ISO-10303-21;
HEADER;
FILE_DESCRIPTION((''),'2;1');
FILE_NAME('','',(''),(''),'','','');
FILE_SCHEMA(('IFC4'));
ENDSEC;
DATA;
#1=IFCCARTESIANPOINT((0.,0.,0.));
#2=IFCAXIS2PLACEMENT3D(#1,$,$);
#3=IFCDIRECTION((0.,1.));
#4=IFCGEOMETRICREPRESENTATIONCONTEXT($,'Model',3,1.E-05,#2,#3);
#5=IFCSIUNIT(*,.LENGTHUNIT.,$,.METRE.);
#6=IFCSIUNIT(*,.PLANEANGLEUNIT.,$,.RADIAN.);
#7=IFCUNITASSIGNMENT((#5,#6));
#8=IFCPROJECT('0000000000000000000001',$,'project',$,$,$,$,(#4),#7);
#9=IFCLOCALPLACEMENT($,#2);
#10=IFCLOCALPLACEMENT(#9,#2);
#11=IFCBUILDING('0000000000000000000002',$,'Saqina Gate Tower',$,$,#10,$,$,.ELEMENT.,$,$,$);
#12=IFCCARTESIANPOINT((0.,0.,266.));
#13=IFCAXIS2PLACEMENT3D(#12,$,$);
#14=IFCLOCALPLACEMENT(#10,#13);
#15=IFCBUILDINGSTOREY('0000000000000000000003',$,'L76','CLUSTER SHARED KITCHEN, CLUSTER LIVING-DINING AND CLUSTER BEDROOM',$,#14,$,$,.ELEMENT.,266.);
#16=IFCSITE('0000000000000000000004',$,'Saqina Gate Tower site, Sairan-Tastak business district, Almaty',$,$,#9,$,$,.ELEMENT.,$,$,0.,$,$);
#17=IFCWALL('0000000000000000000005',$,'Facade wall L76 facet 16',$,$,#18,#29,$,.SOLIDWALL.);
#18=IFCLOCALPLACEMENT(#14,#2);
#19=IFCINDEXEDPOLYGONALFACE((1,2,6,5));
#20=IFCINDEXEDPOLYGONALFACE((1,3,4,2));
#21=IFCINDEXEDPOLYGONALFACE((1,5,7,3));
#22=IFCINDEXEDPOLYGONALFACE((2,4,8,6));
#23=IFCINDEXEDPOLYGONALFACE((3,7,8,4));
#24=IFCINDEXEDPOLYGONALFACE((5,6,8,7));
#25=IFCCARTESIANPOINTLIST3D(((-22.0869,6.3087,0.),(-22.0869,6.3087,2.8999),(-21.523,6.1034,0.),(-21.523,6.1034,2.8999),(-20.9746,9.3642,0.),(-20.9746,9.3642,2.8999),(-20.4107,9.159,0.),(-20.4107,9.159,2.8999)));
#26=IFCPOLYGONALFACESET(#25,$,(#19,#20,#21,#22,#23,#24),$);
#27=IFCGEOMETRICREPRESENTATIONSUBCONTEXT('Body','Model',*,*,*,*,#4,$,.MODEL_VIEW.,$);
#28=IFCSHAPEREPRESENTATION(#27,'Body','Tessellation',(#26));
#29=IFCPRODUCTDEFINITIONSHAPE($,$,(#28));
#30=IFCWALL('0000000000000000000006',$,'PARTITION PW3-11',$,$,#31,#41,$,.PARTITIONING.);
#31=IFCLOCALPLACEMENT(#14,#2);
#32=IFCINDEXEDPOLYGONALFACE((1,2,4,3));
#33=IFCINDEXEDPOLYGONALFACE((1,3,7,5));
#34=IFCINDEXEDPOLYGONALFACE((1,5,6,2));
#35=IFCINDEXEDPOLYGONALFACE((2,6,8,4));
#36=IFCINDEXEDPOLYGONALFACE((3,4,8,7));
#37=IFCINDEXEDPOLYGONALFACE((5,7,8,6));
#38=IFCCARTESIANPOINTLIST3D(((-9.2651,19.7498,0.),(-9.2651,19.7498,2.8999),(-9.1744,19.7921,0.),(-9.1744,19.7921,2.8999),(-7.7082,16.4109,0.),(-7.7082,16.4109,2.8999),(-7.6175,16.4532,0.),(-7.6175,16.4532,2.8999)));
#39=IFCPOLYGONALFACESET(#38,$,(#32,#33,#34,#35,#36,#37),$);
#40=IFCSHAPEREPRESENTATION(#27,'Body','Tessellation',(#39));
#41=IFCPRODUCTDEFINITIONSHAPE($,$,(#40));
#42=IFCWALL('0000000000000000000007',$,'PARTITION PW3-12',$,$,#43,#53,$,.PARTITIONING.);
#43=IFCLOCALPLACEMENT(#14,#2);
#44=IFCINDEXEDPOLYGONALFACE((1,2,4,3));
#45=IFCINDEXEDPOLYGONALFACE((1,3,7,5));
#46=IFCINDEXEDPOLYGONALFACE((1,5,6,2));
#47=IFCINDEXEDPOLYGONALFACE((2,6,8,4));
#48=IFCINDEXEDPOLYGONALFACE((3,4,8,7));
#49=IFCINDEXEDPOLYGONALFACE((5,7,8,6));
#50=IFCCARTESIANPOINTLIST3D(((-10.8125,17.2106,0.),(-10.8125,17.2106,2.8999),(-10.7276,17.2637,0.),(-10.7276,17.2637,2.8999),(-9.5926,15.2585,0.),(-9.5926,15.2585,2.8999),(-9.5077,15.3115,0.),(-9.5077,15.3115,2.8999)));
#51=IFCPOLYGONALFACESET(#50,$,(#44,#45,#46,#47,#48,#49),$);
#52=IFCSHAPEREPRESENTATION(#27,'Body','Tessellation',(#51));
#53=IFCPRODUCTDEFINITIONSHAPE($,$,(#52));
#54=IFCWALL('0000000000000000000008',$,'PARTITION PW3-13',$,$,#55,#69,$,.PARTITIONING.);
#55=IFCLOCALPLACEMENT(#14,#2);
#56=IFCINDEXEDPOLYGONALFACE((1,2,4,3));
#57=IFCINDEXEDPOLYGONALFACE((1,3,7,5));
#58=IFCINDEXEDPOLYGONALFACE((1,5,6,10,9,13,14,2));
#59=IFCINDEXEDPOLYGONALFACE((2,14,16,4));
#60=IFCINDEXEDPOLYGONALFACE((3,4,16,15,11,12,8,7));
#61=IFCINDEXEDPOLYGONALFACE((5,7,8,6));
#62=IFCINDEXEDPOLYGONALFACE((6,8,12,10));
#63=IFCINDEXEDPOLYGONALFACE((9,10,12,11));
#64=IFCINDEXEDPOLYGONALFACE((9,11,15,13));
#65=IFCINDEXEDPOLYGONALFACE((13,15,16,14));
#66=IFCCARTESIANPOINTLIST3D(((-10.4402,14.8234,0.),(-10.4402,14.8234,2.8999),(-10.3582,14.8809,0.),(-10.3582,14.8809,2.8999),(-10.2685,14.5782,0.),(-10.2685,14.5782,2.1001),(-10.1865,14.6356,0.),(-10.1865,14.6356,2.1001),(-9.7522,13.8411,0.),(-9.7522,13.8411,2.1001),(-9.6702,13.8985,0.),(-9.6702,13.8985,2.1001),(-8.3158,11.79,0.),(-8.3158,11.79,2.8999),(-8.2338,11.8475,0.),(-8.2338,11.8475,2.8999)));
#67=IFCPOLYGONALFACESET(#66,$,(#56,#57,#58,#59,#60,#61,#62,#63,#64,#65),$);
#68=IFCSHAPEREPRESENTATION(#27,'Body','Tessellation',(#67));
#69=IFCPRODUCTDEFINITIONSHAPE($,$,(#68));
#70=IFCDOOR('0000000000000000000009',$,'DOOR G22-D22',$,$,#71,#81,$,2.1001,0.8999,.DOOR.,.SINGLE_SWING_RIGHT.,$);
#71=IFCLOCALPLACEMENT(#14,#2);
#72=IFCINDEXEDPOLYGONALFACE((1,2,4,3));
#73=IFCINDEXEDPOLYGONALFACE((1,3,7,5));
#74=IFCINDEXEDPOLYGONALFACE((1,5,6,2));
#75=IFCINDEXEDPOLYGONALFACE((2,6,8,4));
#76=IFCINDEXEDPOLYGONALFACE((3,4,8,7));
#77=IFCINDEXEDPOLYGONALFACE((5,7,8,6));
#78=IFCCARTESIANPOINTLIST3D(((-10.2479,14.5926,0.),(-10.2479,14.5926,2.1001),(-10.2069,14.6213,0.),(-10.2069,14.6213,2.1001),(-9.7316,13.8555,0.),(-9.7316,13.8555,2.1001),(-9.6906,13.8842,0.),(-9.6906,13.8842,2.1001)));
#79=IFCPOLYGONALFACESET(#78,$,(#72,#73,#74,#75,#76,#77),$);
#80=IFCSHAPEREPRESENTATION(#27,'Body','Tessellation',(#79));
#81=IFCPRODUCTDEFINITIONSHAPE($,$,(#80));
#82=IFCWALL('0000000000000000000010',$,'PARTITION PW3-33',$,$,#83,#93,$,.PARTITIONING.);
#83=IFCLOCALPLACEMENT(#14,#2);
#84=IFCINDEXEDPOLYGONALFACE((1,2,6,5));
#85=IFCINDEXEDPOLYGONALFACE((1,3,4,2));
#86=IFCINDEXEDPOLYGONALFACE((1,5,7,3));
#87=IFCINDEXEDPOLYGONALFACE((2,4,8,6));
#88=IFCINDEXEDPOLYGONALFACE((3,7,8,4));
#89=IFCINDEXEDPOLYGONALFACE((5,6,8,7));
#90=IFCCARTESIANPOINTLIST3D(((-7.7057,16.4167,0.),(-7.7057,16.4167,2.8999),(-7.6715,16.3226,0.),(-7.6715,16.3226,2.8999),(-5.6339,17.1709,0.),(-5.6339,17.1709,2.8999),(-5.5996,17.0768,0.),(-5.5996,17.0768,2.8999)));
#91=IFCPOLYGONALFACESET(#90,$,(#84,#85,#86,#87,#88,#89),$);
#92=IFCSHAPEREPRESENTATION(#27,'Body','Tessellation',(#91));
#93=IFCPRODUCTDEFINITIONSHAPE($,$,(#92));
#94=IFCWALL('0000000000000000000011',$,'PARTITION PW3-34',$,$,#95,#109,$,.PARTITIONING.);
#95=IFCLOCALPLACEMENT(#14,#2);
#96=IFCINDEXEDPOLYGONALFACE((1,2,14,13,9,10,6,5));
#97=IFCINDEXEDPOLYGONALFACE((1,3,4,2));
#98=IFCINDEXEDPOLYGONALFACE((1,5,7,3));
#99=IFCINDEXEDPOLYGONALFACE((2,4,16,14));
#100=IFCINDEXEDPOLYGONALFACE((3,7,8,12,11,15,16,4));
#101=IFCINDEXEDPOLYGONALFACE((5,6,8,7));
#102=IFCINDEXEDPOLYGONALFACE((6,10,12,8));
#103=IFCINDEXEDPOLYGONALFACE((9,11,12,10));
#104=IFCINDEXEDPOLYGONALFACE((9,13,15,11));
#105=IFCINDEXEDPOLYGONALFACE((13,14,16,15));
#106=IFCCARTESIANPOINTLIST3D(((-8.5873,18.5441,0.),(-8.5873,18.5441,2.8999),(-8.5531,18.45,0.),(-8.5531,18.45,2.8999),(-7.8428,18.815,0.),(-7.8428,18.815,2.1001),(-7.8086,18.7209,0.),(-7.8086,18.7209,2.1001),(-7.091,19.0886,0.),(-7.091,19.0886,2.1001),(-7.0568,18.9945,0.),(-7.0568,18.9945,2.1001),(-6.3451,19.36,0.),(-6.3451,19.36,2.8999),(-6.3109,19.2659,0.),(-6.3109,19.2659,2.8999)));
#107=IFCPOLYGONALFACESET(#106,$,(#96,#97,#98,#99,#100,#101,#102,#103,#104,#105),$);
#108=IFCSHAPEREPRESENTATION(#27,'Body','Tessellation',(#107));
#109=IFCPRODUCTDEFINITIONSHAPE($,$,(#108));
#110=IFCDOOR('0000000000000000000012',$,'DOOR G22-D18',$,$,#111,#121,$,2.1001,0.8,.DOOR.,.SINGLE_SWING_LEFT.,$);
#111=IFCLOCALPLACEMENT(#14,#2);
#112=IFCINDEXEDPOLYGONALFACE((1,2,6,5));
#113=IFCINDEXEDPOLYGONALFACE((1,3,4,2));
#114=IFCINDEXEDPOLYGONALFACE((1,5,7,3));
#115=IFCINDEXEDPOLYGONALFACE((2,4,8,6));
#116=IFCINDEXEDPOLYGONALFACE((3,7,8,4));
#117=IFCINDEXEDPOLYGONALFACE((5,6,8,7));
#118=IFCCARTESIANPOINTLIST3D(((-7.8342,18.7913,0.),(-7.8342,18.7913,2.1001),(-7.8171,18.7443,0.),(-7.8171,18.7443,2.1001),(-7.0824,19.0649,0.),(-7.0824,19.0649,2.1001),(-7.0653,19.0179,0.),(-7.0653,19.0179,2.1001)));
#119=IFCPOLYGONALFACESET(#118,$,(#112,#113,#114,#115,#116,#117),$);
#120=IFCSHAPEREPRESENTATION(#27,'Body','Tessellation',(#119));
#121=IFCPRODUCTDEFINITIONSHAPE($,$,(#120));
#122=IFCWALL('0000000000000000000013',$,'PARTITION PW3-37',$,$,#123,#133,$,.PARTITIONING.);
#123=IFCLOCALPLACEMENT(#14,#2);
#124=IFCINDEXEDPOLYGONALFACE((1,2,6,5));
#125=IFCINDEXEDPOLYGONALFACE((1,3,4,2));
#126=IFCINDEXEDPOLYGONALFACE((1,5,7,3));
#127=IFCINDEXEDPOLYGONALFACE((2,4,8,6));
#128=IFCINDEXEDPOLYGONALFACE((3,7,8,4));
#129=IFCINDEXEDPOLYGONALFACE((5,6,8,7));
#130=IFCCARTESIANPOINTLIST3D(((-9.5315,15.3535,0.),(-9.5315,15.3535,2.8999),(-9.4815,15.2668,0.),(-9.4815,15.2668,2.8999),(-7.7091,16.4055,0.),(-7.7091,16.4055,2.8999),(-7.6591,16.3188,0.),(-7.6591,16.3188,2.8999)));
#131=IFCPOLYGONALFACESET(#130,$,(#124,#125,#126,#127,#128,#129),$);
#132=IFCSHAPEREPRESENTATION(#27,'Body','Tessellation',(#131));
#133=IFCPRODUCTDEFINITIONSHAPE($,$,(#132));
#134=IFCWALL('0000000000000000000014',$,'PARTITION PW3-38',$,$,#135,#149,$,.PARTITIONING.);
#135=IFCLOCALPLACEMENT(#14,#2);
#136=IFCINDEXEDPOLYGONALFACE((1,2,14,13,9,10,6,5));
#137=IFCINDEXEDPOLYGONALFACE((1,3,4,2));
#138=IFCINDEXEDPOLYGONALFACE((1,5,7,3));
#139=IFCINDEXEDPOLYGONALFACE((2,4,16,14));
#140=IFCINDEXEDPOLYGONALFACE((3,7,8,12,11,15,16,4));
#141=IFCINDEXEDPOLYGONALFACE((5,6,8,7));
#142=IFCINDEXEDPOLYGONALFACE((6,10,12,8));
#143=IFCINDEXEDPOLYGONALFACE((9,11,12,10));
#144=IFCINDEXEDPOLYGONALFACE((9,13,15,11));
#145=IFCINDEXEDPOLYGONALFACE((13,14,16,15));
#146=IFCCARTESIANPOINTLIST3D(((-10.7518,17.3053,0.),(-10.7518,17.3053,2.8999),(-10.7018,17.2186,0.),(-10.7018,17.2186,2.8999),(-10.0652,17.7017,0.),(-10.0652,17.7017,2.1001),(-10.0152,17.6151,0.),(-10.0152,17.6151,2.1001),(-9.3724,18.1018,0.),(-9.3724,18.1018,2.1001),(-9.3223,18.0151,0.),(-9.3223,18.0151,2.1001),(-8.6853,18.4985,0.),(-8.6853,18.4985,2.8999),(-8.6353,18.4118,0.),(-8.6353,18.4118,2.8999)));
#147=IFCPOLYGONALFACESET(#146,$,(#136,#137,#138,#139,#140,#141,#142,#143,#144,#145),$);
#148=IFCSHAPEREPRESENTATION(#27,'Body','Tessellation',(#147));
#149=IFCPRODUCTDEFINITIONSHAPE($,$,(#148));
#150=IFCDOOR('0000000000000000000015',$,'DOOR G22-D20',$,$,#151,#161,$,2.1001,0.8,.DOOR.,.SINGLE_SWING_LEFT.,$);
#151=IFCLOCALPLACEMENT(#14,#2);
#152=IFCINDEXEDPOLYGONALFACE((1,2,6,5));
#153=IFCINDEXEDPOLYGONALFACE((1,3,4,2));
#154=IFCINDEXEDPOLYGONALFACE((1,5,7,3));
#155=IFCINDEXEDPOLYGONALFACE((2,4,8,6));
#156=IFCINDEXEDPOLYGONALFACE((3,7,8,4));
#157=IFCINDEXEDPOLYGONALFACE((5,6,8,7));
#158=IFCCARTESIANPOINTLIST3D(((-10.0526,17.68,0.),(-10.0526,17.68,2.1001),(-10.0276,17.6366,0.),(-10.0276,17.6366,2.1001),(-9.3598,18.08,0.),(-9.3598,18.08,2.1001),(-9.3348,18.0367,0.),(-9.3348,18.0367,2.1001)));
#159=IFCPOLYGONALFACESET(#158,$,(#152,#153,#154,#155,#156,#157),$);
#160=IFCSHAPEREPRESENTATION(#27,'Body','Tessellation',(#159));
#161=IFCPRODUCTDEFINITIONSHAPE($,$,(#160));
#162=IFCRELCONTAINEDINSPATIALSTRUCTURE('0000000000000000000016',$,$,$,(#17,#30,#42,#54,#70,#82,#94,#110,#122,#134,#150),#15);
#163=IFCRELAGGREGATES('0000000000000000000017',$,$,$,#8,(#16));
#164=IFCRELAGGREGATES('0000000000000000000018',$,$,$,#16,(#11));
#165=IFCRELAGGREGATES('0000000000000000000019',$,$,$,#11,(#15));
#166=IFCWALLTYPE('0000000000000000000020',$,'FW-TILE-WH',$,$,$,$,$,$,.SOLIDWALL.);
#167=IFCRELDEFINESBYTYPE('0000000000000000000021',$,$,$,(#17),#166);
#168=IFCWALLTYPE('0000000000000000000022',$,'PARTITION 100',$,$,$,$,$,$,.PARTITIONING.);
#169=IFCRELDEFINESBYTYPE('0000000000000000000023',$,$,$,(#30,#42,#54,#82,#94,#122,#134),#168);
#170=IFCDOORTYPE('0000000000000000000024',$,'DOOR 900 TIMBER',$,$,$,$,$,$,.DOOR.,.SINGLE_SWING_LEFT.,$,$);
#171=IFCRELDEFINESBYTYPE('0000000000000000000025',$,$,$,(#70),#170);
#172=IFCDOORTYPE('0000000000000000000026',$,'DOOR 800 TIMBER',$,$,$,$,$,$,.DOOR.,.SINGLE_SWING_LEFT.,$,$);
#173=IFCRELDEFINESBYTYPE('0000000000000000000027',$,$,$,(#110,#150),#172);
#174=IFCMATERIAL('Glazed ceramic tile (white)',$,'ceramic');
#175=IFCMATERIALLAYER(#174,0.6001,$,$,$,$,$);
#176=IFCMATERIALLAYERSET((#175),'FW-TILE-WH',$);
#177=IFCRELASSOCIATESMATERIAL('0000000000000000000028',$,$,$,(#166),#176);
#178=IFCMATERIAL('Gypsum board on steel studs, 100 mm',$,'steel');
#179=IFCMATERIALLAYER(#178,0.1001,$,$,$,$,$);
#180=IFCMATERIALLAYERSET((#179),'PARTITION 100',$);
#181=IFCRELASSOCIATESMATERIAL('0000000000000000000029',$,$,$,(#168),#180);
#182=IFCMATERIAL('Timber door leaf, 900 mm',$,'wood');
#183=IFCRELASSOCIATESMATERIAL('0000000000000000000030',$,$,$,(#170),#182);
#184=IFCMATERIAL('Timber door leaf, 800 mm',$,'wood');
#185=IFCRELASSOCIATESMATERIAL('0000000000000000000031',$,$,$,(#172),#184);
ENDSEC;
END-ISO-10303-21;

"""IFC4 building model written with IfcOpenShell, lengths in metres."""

from ifc_helpers import new_model, si_unit, direction, frame, frame_2d, origin, place, context, subcontext, project, spatial, rectangle, extrude, material, layer, layer_set, type_object, element, fill, save


model = new_model("IFC4")

# Units and contexts
model_context = context("Model", 3, precision=1e-05, world=origin(), true_north=direction((0.0, 1.0)))
body_context = subcontext(model_context, "Body", "Model", "MODEL_VIEW")
ifc_project = project(units=[si_unit("LENGTHUNIT", "METRE"), si_unit("PLANEANGLEUNIT", "RADIAN")], contexts=[model_context])

# Site, building, storey
site_placement = place(None, origin())
site = spatial("IfcSite", under=ifc_project, at=site_placement, Name="Saqina Gate Tower site, Sairan-Tastak business district, Almaty", CompositionType="ELEMENT", RefElevation=0.0)
building_placement = place(site_placement, origin())
building = spatial("IfcBuilding", under=site, at=building_placement, Name="Saqina Gate Tower", CompositionType="ELEMENT")
storey_placement = place(building_placement, frame((0.0, 0.0, 266.0)))
storey = spatial("IfcBuildingStorey", under=building, at=storey_placement, Name="L76", Description="CLUSTER SHARED KITCHEN, CLUSTER LIVING-DINING AND CLUSTER BEDROOM", CompositionType="ELEMENT", Elevation=266.0)

# Walls
ifc_material_1 = material(Name="Glazed ceramic tile (white)", Category="ceramic")
ifc_layer_1 = layer(ifc_material_1, 0.6001)
ifc_layer_set_1 = layer_set([ifc_layer_1], Name="FW-TILE-WH")
wall_type_1 = type_object("IfcWallType", Name="FW-TILE-WH", PredefinedType="SOLIDWALL", material=ifc_layer_set_1)
wall_1_placement = place(storey_placement, frame((-20.6926, 9.2617, 0.0), z_axis=(0.0, 0.0, 1.0), x_axis=(-0.342057, -0.939679, 0.0)))
element("IfcWall", 1, at=wall_1_placement, inside=storey, type_object=wall_type_1, Name="Facade wall L76 facet 16", PredefinedType="SOLIDWALL", context=body_context, shape_type="SweptSolid", body=[
    extrude(rectangle(XDim=3.2517, YDim=0.6001, at=frame_2d((1.626, 0.0))), origin(), (0.0, 0.0, 1.0), 2.8999),
])
ifc_material_2 = material(Name="Gypsum board on steel studs, 100 mm", Category="steel")
ifc_layer_2 = layer(ifc_material_2, 0.1001)
ifc_layer_set_2 = layer_set([ifc_layer_2], Name="PARTITION 100")
wall_type_2 = type_object("IfcWallType", Name="PARTITION 100", PredefinedType="PARTITIONING", material=ifc_layer_set_2)
wall_2_placement = place(storey_placement, frame((-9.2197, 19.771, 0.0), z_axis=(0.0, 0.0, 1.0), x_axis=(0.422606, -0.906313, 0.0)))
element("IfcWall", 2, at=wall_2_placement, inside=storey, type_object=wall_type_2, Name="PARTITION PW3-11", PredefinedType="PARTITIONING", context=body_context, shape_type="SweptSolid", body=[
    extrude(rectangle(XDim=3.6841, YDim=0.1001, at=frame_2d((1.842, 0.0))), origin(), (0.0, 0.0, 1.0), 2.8999),
])
wall_3_placement = place(storey_placement, frame((-10.77, 17.2371, 0.0), z_axis=(0.0, 0.0, 1.0), x_axis=(0.529961, -0.848022, 0.0)))
element("IfcWall", 3, at=wall_3_placement, inside=storey, type_object=wall_type_2, Name="PARTITION PW3-12", PredefinedType="PARTITIONING", context=body_context, shape_type="SweptSolid", body=[
    extrude(rectangle(XDim=2.302, YDim=0.1001, at=frame_2d((1.1509, 0.0))), origin(), (0.0, 0.0, 1.0), 2.8999),
])

# Wall, opening, door
wall_4_placement = place(storey_placement, frame((-10.3992, 14.8521, 0.0), z_axis=(0.0, 0.0, 1.0), x_axis=(0.573661, -0.819093, 0.0)))
wall_4 = element("IfcWall", 4, at=wall_4_placement, inside=storey, type_object=wall_type_2, Name="PARTITION PW3-13", PredefinedType="PARTITIONING", context=body_context, shape_type="SweptSolid", body=[
    extrude(rectangle(XDim=3.7034, YDim=0.1001, at=frame_2d((1.8516, 0.0))), origin(), (0.0, 0.0, 1.0), 2.8999),
])
opening_1_placement = place(wall_4_placement, frame((0.2993, 0.0, 0.0)))
opening_1 = element("IfcOpeningElement", 5, at=opening_1_placement, cuts=wall_4, PredefinedType="OPENING", context=body_context, shape_type="SweptSolid", body=[
    extrude(rectangle(XDim=0.8999, YDim=2.1001, at=frame_2d((0.45, 1.05))), frame((0.0, 0.062, 0.0), z_axis=(0.0, -1.0, 0.0), x_axis=(1.0, 0.0, 0.0)), (0.0, 0.0, 1.0), 0.124),
])
ifc_material_3 = material(Name="Timber door leaf, 900 mm", Category="wood")
door_type_1 = type_object("IfcDoorType", Name="DOOR 900 TIMBER", OperationType="SINGLE_SWING_LEFT", PredefinedType="DOOR", material=ifc_material_3)
door_1_placement = place(opening_1_placement, frame((0.8999, 0.0, 0.0), z_axis=(0.0, 0.0, 1.0), x_axis=(-1.0, 0.0, 0.0)))
door_1 = element("IfcDoor", 6, at=door_1_placement, inside=storey, type_object=door_type_1, Name="DOOR G22-D22", OperationType="SINGLE_SWING_RIGHT", OverallHeight=2.1001, OverallWidth=0.8999, PredefinedType="DOOR", context=body_context, shape_type="SweptSolid", body=[
    extrude(rectangle(XDim=0.8999, YDim=2.1001, at=frame_2d((0.45, 1.05))), frame((0.0, 0.0249, 0.0), z_axis=(0.0, -1.0, 0.0), x_axis=(1.0, 0.0, 0.0)), (0.0, 0.0, 1.0), 0.05),
])
fill(opening_1, door_1)

# Wall
wall_5_placement = place(storey_placement, frame((-7.6887, 16.3696, 0.0), z_axis=(0.0, 0.0, 1.0), x_axis=(0.93968, 0.342054, 0.0)))
element("IfcWall", 7, at=wall_5_placement, inside=storey, type_object=wall_type_2, Name="PARTITION PW3-33", PredefinedType="PARTITIONING", context=body_context, shape_type="SweptSolid", body=[
    extrude(rectangle(XDim=2.2048, YDim=0.1001, at=frame_2d((1.1025, 0.0))), origin(), (0.0, 0.0, 1.0), 2.8999),
])

# Wall, opening, door
wall_6_placement = place(storey_placement, frame((-8.5701, 18.4971, 0.0), z_axis=(0.0, 0.0, 1.0), x_axis=(0.939716, 0.341957, 0.0)))
wall_6 = element("IfcWall", 8, at=wall_6_placement, inside=storey, type_object=wall_type_2, Name="PARTITION PW3-34", PredefinedType="PARTITIONING", context=body_context, shape_type="SweptSolid", body=[
    extrude(rectangle(XDim=2.386, YDim=0.1001, at=frame_2d((1.1929, 0.0))), origin(), (0.0, 0.0, 1.0), 2.8999),
])
opening_2_placement = place(wall_6_placement, frame((0.7922, 0.0, 0.0)))
opening_2 = element("IfcOpeningElement", 9, at=opening_2_placement, cuts=wall_6, PredefinedType="OPENING", context=body_context, shape_type="SweptSolid", body=[
    extrude(rectangle(XDim=0.8, YDim=2.1001, at=frame_2d((0.3999, 1.05))), frame((0.0, 0.062, 0.0), z_axis=(0.0, -1.0, 0.0), x_axis=(1.0, 0.0, 0.0)), (0.0, 0.0, 1.0), 0.124),
])
ifc_material_4 = material(Name="Timber door leaf, 800 mm", Category="wood")
door_type_2 = type_object("IfcDoorType", Name="DOOR 800 TIMBER", OperationType="SINGLE_SWING_LEFT", PredefinedType="DOOR", material=ifc_material_4)
door_2_placement = place(opening_2_placement, origin())
door_2 = element("IfcDoor", 10, at=door_2_placement, inside=storey, type_object=door_type_2, Name="DOOR G22-D18", OperationType="SINGLE_SWING_LEFT", OverallHeight=2.1001, OverallWidth=0.8, PredefinedType="DOOR", context=body_context, shape_type="SweptSolid", body=[
    extrude(rectangle(XDim=0.8, YDim=2.1001, at=frame_2d((0.3999, 1.05))), frame((0.0, 0.0249, 0.0), z_axis=(0.0, -1.0, 0.0), x_axis=(1.0, 0.0, 0.0)), (0.0, 0.0, 1.0), 0.05),
])
fill(opening_2, door_2)

# Wall
wall_7_placement = place(storey_placement, frame((-9.5066, 15.3101, 0.0), z_axis=(0.0, 0.0, 1.0), x_axis=(0.866043, 0.49997, 0.0)))
element("IfcWall", 11, at=wall_7_placement, inside=storey, type_object=wall_type_2, Name="PARTITION PW3-37", PredefinedType="PARTITIONING", context=body_context, shape_type="SweptSolid", body=[
    extrude(rectangle(XDim=2.1042, YDim=0.1001, at=frame_2d((1.0522, 0.0))), origin(), (0.0, 0.0, 1.0), 2.8999),
])

# Wall, opening, door
wall_8_placement = place(storey_placement, frame((-10.7268, 17.262, 0.0), z_axis=(0.0, 0.0, 1.0), x_axis=(0.866012, 0.500024, 0.0)))
wall_8 = element("IfcWall", 12, at=wall_8_placement, inside=storey, type_object=wall_type_2, Name="PARTITION PW3-38", PredefinedType="PARTITIONING", context=body_context, shape_type="SweptSolid", body=[
    extrude(rectangle(XDim=2.3862, YDim=0.1001, at=frame_2d((1.1931, 0.0))), origin(), (0.0, 0.0, 1.0), 2.8999),
])
opening_3_placement = place(wall_8_placement, frame((0.793, 0.0, 0.0)))
opening_3 = element("IfcOpeningElement", 13, at=opening_3_placement, cuts=wall_8, PredefinedType="OPENING", context=body_context, shape_type="SweptSolid", body=[
    extrude(rectangle(XDim=0.8, YDim=2.1001, at=frame_2d((0.3999, 1.05))), frame((0.0, 0.062, 0.0), z_axis=(0.0, -1.0, 0.0), x_axis=(1.0, 0.0, 0.0)), (0.0, 0.0, 1.0), 0.124),
])
door_3_placement = place(opening_3_placement, origin())
door_3 = element("IfcDoor", 14, at=door_3_placement, inside=storey, type_object=door_type_2, Name="DOOR G22-D20", OperationType="SINGLE_SWING_LEFT", OverallHeight=2.1001, OverallWidth=0.8, PredefinedType="DOOR", context=body_context, shape_type="SweptSolid", body=[
    extrude(rectangle(XDim=0.8, YDim=2.1001, at=frame_2d((0.3999, 1.05))), frame((0.0, 0.0249, 0.0), z_axis=(0.0, -1.0, 0.0), x_axis=(1.0, 0.0, 0.0)), (0.0, 0.0, 1.0), 0.05),
])
fill(opening_3, door_3)

save(model, "model.ifc")
